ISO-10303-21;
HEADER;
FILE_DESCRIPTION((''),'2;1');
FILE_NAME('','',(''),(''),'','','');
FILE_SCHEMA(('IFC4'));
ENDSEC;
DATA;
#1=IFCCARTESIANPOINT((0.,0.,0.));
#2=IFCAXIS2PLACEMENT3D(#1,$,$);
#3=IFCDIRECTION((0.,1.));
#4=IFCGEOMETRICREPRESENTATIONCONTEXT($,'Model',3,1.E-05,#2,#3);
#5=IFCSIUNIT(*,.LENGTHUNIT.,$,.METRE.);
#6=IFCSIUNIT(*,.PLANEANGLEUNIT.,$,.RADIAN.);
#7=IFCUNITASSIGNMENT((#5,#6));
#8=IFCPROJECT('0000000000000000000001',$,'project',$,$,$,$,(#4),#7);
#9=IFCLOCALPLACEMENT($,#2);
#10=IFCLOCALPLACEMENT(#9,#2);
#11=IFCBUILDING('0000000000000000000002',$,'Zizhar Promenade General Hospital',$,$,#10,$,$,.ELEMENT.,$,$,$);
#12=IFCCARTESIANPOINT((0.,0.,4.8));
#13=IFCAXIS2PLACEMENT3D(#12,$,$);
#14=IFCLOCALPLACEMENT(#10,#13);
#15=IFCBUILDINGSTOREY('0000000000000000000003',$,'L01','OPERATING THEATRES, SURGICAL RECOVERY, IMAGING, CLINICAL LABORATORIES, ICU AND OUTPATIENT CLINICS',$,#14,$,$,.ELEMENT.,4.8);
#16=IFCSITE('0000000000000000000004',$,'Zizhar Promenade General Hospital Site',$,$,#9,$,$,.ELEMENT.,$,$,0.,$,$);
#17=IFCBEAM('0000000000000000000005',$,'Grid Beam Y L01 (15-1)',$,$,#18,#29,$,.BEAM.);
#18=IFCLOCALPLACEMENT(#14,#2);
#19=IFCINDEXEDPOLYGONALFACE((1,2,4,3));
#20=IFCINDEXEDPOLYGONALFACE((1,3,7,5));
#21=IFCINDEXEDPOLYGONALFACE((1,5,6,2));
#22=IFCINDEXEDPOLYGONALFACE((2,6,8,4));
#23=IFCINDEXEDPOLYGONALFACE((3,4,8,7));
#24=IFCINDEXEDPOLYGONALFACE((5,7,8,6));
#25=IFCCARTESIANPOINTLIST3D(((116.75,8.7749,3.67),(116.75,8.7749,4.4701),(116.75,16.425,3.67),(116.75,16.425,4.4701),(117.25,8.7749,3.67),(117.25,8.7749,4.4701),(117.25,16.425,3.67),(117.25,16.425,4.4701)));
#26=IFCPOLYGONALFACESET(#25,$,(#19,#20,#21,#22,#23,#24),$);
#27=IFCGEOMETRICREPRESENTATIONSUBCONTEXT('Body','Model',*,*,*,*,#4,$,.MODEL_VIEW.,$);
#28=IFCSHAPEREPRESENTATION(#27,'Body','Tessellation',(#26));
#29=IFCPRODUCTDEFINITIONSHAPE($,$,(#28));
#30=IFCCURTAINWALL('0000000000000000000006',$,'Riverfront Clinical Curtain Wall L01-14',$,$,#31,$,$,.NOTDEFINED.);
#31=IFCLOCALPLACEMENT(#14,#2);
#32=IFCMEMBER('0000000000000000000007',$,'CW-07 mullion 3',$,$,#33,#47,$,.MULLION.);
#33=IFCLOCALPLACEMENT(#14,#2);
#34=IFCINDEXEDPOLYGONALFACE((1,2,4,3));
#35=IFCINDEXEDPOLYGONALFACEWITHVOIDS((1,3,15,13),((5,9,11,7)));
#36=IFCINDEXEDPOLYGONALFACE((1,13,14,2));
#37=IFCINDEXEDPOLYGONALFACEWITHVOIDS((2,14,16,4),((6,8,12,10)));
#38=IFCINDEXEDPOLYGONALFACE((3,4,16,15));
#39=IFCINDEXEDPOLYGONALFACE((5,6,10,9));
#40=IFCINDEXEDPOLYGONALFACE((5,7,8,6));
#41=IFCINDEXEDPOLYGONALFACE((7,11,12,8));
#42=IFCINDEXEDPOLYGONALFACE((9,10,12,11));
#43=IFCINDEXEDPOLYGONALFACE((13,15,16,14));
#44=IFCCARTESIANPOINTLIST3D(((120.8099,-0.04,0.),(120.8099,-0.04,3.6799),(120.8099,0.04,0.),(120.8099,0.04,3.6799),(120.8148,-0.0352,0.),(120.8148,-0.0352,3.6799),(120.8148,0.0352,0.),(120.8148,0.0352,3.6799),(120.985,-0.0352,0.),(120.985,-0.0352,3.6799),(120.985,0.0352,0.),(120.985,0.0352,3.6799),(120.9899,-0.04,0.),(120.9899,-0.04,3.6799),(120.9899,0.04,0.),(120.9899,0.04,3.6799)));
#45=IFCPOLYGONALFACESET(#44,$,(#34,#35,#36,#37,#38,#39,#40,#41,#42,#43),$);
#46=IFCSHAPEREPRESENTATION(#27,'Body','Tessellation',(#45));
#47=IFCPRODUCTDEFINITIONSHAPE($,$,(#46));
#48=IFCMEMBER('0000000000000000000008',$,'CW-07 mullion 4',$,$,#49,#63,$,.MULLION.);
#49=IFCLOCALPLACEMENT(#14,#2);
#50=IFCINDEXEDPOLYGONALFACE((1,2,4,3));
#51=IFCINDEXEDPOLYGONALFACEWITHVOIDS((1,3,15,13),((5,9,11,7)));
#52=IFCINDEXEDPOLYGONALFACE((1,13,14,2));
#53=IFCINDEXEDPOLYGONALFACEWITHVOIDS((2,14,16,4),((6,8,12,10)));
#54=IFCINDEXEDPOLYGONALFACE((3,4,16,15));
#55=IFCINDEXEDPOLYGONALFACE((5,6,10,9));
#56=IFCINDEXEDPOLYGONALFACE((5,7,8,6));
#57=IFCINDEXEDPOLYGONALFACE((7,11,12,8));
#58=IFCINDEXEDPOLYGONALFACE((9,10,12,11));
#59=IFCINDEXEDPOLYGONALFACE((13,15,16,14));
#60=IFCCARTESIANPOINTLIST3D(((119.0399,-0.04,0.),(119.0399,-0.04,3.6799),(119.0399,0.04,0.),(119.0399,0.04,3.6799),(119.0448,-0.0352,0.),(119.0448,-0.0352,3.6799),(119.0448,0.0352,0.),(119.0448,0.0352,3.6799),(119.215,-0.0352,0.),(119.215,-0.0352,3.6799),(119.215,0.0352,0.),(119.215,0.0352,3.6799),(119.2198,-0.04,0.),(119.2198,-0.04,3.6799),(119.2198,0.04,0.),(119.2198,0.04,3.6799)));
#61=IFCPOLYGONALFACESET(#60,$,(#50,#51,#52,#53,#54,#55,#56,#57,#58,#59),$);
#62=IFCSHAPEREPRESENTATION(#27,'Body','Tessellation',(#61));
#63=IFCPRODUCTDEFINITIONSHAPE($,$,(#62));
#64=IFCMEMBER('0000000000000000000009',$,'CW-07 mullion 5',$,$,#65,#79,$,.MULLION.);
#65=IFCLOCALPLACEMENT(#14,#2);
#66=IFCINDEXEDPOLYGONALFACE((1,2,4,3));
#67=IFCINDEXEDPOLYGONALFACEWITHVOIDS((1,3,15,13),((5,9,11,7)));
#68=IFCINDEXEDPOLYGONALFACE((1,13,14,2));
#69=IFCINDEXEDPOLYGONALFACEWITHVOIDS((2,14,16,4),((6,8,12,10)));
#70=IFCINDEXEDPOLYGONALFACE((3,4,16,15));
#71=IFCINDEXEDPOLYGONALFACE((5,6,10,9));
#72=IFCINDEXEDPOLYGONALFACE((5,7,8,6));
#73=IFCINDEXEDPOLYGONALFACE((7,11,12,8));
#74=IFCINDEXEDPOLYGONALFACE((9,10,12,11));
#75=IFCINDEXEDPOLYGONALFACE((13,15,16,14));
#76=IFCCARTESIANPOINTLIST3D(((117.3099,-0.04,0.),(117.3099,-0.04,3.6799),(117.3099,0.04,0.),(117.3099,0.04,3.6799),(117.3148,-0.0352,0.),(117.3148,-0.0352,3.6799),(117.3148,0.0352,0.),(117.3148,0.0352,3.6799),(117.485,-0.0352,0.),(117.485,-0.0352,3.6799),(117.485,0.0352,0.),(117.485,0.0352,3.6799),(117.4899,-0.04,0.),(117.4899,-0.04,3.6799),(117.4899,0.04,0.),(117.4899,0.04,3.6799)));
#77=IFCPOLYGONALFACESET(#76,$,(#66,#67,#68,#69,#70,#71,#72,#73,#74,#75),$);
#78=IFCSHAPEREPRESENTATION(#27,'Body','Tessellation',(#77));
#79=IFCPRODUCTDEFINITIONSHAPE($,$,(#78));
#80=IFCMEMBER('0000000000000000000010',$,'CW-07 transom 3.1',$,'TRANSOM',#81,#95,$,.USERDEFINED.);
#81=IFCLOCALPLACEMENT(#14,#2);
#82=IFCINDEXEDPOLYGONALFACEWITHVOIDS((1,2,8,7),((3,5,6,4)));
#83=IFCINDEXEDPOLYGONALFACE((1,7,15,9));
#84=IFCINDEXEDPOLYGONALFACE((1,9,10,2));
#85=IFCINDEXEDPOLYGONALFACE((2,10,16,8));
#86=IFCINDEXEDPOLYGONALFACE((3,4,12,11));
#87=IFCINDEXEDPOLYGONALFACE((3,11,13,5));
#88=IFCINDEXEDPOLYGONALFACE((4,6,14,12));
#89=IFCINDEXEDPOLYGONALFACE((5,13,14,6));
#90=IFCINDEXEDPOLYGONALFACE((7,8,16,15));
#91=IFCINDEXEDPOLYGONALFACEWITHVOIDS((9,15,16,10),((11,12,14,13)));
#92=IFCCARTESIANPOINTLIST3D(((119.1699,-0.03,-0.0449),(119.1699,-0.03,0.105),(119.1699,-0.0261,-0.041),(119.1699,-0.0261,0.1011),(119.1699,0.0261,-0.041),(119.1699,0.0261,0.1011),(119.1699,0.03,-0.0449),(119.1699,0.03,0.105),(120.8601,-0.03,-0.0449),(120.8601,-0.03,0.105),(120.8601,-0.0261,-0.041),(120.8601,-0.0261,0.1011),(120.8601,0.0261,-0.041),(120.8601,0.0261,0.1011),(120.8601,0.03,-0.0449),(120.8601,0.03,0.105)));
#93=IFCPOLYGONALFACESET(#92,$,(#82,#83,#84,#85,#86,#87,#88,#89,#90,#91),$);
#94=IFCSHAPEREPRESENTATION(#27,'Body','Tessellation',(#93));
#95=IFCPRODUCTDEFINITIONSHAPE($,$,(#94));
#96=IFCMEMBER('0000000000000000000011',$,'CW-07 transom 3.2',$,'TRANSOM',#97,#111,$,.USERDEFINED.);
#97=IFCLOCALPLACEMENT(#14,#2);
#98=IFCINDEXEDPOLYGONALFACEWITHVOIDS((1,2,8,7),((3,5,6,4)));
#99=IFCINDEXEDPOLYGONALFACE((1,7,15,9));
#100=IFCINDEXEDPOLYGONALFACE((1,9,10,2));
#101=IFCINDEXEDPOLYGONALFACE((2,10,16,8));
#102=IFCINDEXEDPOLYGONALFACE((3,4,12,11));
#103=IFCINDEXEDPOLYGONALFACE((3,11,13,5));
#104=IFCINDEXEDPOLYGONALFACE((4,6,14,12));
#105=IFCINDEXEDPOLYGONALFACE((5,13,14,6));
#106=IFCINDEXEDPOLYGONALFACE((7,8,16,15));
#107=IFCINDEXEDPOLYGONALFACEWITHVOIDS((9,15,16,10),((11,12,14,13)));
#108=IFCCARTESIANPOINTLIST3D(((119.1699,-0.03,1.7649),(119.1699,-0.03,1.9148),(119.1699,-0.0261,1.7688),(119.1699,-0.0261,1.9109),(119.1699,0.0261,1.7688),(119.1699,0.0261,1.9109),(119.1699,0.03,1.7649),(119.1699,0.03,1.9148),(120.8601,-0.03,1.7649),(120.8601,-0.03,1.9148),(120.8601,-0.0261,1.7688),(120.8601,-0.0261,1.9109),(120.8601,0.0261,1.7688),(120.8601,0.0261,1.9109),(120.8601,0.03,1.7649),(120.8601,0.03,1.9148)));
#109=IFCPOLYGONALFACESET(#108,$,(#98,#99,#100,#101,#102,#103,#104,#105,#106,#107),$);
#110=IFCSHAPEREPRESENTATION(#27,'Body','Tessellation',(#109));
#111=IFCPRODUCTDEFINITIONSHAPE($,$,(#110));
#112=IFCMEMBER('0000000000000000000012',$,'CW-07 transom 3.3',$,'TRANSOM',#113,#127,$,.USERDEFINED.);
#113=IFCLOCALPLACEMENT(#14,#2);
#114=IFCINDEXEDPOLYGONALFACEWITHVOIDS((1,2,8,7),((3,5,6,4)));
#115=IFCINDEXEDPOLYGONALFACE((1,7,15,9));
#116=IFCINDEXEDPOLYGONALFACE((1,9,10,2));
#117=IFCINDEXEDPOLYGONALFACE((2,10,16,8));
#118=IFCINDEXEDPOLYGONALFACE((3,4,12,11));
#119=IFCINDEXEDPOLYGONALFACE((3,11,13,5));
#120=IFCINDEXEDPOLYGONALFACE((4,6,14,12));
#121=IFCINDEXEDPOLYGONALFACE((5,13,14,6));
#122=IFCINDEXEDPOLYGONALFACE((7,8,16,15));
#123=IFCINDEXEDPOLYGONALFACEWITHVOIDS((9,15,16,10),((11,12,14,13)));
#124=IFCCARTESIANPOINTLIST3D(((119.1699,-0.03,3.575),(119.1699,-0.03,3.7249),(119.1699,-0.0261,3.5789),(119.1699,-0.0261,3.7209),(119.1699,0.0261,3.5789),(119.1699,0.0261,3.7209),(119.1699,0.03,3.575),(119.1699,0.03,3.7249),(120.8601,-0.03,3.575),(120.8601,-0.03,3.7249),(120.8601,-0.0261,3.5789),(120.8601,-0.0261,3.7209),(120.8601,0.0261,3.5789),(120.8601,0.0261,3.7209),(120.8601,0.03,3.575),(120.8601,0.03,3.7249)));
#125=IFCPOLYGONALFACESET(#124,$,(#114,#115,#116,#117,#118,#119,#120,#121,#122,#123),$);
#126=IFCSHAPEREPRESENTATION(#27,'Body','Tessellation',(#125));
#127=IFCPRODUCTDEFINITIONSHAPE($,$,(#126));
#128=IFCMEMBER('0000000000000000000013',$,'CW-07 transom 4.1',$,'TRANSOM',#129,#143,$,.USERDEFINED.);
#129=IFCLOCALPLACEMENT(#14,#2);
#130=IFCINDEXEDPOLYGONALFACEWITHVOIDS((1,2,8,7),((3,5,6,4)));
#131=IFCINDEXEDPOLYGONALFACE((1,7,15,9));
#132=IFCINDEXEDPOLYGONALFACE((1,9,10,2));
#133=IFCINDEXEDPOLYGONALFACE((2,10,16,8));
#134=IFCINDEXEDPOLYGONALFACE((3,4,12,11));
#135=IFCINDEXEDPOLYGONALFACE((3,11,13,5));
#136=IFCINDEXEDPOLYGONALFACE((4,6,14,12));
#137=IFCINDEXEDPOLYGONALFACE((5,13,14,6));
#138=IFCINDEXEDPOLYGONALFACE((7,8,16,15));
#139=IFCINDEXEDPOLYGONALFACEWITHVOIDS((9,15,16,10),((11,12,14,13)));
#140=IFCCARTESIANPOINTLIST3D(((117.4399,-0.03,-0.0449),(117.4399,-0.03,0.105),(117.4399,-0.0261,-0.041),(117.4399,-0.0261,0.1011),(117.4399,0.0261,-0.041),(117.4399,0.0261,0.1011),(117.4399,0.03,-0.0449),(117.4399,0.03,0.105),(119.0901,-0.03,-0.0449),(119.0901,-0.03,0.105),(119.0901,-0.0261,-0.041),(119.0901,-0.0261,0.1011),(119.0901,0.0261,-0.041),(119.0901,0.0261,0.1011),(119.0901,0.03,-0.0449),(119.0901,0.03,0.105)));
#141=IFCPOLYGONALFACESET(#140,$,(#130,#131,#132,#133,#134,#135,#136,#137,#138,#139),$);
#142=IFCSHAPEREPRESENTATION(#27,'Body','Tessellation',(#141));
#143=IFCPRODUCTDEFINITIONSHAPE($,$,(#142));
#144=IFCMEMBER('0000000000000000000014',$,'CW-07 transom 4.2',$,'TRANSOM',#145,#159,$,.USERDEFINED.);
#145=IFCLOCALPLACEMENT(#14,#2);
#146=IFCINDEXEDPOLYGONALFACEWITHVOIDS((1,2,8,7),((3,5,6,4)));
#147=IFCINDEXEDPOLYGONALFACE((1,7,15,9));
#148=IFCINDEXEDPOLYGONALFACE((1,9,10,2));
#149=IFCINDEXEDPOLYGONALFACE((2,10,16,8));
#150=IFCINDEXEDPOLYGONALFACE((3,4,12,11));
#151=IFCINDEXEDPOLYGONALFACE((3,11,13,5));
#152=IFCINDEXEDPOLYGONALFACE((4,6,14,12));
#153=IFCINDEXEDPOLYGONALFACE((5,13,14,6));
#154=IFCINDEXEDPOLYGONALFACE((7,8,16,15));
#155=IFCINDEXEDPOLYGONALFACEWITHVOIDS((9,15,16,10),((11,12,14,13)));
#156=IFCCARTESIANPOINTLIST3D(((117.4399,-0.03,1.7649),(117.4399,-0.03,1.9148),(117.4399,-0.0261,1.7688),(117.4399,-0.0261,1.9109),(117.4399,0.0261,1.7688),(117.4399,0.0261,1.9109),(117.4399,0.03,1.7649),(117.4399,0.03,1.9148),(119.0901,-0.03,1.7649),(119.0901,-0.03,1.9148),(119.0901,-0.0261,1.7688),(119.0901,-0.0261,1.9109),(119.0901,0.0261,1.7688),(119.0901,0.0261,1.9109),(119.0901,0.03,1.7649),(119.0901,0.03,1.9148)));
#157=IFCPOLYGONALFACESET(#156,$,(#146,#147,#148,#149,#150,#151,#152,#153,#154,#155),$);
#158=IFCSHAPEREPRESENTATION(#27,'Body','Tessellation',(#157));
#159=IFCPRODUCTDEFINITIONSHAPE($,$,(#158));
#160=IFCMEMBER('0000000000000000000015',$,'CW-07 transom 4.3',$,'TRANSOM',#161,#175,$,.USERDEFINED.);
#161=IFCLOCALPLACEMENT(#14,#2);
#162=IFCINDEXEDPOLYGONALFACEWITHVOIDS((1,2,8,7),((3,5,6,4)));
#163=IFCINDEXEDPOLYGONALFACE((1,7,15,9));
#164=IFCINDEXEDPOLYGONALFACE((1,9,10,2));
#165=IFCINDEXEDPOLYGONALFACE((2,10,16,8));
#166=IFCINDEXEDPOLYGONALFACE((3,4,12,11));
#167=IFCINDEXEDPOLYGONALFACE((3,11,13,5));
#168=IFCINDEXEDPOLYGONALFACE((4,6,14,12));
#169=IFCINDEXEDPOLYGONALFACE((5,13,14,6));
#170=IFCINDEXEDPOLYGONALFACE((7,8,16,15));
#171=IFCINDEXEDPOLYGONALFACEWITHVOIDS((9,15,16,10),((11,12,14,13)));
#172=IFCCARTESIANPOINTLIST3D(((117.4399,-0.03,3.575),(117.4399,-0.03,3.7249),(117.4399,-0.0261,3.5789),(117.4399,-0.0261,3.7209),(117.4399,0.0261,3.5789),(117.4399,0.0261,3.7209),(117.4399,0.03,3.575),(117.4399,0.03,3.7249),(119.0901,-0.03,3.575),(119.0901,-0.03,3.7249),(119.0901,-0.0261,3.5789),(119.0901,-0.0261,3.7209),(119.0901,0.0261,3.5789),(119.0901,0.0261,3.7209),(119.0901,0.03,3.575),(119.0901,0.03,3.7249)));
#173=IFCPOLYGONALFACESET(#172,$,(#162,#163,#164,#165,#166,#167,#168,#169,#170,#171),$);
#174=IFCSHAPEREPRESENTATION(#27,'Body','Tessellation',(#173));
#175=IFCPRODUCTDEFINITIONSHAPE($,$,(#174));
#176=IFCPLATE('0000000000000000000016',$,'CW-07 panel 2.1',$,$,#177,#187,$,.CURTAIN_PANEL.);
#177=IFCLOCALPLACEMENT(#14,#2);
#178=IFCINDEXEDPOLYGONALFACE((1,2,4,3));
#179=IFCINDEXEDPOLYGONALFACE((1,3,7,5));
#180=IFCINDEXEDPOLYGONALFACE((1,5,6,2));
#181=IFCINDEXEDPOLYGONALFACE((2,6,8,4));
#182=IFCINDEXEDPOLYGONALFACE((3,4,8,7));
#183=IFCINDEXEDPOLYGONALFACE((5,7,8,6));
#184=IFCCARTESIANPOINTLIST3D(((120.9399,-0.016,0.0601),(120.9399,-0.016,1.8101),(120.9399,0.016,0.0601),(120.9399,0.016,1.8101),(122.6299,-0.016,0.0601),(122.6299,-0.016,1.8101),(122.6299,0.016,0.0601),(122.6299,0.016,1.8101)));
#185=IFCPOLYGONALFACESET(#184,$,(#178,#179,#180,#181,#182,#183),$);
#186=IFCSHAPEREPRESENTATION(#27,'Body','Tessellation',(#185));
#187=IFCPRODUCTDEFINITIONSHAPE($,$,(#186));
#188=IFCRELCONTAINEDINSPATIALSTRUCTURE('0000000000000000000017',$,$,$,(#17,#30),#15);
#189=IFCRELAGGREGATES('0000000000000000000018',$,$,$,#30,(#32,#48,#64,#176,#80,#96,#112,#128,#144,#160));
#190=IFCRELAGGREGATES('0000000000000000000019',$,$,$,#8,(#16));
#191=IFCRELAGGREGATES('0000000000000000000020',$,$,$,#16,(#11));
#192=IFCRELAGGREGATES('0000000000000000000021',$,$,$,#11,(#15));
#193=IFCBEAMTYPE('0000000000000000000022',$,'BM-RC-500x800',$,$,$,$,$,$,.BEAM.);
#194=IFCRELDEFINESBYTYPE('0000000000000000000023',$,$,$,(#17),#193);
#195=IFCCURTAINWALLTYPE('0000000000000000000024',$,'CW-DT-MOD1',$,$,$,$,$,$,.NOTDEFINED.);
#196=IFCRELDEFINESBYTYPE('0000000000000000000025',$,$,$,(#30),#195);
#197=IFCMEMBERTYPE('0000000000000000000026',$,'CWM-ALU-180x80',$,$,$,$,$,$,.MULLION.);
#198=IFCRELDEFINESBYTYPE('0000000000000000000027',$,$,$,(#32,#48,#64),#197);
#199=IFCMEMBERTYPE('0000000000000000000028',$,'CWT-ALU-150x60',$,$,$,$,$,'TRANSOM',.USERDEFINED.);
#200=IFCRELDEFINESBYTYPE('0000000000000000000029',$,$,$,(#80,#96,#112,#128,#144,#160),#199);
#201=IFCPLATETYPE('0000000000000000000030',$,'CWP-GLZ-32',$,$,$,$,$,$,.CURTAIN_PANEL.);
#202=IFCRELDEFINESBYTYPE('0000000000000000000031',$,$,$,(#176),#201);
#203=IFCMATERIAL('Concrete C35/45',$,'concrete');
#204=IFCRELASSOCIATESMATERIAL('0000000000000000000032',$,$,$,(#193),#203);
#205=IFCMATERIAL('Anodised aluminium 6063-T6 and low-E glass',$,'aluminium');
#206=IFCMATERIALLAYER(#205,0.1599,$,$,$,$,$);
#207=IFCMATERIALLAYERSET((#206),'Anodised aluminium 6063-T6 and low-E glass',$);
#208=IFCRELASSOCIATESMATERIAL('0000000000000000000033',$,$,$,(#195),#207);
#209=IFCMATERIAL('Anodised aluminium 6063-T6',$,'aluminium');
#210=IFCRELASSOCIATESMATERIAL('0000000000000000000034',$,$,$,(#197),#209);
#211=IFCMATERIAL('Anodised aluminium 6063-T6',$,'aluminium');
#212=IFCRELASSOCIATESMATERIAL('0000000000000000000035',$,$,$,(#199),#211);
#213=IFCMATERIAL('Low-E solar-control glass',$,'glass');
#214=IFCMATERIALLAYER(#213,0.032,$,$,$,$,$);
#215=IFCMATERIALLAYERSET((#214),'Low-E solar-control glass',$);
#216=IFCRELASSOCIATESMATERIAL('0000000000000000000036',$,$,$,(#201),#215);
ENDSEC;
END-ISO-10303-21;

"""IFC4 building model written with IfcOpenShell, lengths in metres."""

from ifc_helpers import new_model, si_unit, direction, frame, origin, origin_2d, place, context, subcontext, project, spatial, rectangle, hollow_rectangle, extrude, material, layer, layer_set, material_profile, profile_set, type_object, element, aggregate, save


model = new_model("IFC4")

# Units and contexts
model_context = context("Model", 3, precision=1e-05, world=origin(), true_north=direction((0.0, 1.0)))
body_context = subcontext(model_context, "Body", "Model", "MODEL_VIEW")
ifc_project = project(units=[si_unit("LENGTHUNIT", "METRE"), si_unit("PLANEANGLEUNIT", "RADIAN")], contexts=[model_context])

# Site, building, storey
site_placement = place(None, origin())
site = spatial("IfcSite", under=ifc_project, at=site_placement, Name="Zizhar Promenade General Hospital Site", CompositionType="ELEMENT", RefElevation=0.0)
building_placement = place(site_placement, origin())
building = spatial("IfcBuilding", under=site, at=building_placement, Name="Zizhar Promenade General Hospital", CompositionType="ELEMENT")
storey_placement = place(building_placement, frame((0.0, 0.0, 4.8)))
storey = spatial("IfcBuildingStorey", under=building, at=storey_placement, Name="L01", Description="OPERATING THEATRES, SURGICAL RECOVERY, IMAGING, CLINICAL LABORATORIES, ICU AND OUTPATIENT CLINICS", CompositionType="ELEMENT", Elevation=4.8)

# Beam
ifc_material_1 = material(Name="Concrete C35/45", Category="concrete")
ifc_material_profile_1 = material_profile(ifc_material_1, rectangle(XDim=0.5, YDim=0.8, at=origin_2d()))
ifc_profile_set_1 = profile_set([ifc_material_profile_1], Name="Concrete C35/45")
beam_type_1 = type_object("IfcBeamType", Name="BM-RC-500x800", PredefinedType="BEAM", material=ifc_profile_set_1)
beam_1_placement = place(storey_placement, frame((117.0, 8.7749, 4.0701), z_axis=(0.0, 1.0, 0.0), x_axis=(-1.0, 0.0, 0.0)))
element("IfcBeam", 1, at=beam_1_placement, inside=storey, type_object=beam_type_1, Name="Grid Beam Y L01 (15-1)", PredefinedType="BEAM", context=body_context, shape_type="SweptSolid", body=[
    extrude(rectangle(XDim=0.5, YDim=0.8, at=origin_2d()), origin(), (0.0, 0.0, 1.0), 7.6501),
])

# Curtain wall, members, plate
ifc_material_2 = material(Name="Anodised aluminium 6063-T6 and low-E glass", Category="aluminium")
ifc_layer_1 = layer(ifc_material_2, 0.1599)
ifc_layer_set_1 = layer_set([ifc_layer_1], Name="Anodised aluminium 6063-T6 and low-E glass")
curtain_wall_type = type_object("IfcCurtainWallType", Name="CW-DT-MOD1", PredefinedType="NOTDEFINED", material=ifc_layer_set_1)
curtain_wall_placement = place(storey_placement, origin())
curtain_wall = element("IfcCurtainWall", 2, at=curtain_wall_placement, inside=storey, type_object=curtain_wall_type, Name="Riverfront Clinical Curtain Wall L01-14", PredefinedType="NOTDEFINED")
ifc_material_3 = material(Name="Anodised aluminium 6063-T6", Category="aluminium")
ifc_material_profile_2 = material_profile(ifc_material_3, hollow_rectangle(XDim=0.0801, YDim=0.1799, WallThickness=0.0049, at=origin_2d()))
ifc_profile_set_2 = profile_set([ifc_material_profile_2], Name="Anodised aluminium 6063-T6")
member_type_1 = type_object("IfcMemberType", Name="CWM-ALU-180x80", PredefinedType="MULLION", material=ifc_profile_set_2)
member_1_placement = place(storey_placement, frame((120.8999, 0.0, 0.0), z_axis=(0.0, 0.0, 1.0), x_axis=(0.0, -1.0, 0.0)))
member_1 = element("IfcMember", 3, at=member_1_placement, type_object=member_type_1, Name="CW-07 mullion 3", PredefinedType="MULLION", context=body_context, shape_type="SweptSolid", body=[
    extrude(hollow_rectangle(XDim=0.0801, YDim=0.1799, WallThickness=0.0049, at=origin_2d()), origin(), (0.0, 0.0, 1.0), 3.6799),
])
member_2_placement = place(storey_placement, frame((119.1299, 0.0, 0.0), z_axis=(0.0, 0.0, 1.0), x_axis=(0.0, -1.0, 0.0)))
member_2 = element("IfcMember", 4, at=member_2_placement, type_object=member_type_1, Name="CW-07 mullion 4", PredefinedType="MULLION", context=body_context, shape_type="SweptSolid", body=[
    extrude(hollow_rectangle(XDim=0.0801, YDim=0.1799, WallThickness=0.0049, at=origin_2d()), origin(), (0.0, 0.0, 1.0), 3.6799),
])
member_3_placement = place(storey_placement, frame((117.3999, 0.0, 0.0), z_axis=(0.0, 0.0, 1.0), x_axis=(0.0, -1.0, 0.0)))
member_3 = element("IfcMember", 5, at=member_3_placement, type_object=member_type_1, Name="CW-07 mullion 5", PredefinedType="MULLION", context=body_context, shape_type="SweptSolid", body=[
    extrude(hollow_rectangle(XDim=0.0801, YDim=0.1799, WallThickness=0.0049, at=origin_2d()), origin(), (0.0, 0.0, 1.0), 3.6799),
])
ifc_material_4 = material(Name="Anodised aluminium 6063-T6", Category="aluminium")
ifc_material_profile_3 = material_profile(ifc_material_4, hollow_rectangle(XDim=0.0601, YDim=0.1499, WallThickness=0.0039, at=origin_2d()))
ifc_profile_set_3 = profile_set([ifc_material_profile_3], Name="Anodised aluminium 6063-T6")
member_type_2 = type_object("IfcMemberType", Name="CWT-ALU-150x60", ElementType="TRANSOM", PredefinedType="USERDEFINED", material=ifc_profile_set_3)
member_4_placement = place(storey_placement, frame((120.8601, 0.0, 0.03), z_axis=(-1.0, 0.0, 0.0), x_axis=(0.0, -1.0, 0.0)))
member_4 = element("IfcMember", 6, at=member_4_placement, type_object=member_type_2, Name="CW-07 transom 3.1", ObjectType="TRANSOM", PredefinedType="USERDEFINED", context=body_context, shape_type="SweptSolid", body=[
    extrude(hollow_rectangle(XDim=0.0601, YDim=0.1499, WallThickness=0.0039, at=origin_2d()), origin(), (0.0, 0.0, 1.0), 1.6902),
])
member_5_placement = place(storey_placement, frame((120.8601, 0.0, 1.8398), z_axis=(-1.0, 0.0, 0.0), x_axis=(0.0, -1.0, 0.0)))
member_5 = element("IfcMember", 7, at=member_5_placement, type_object=member_type_2, Name="CW-07 transom 3.2", ObjectType="TRANSOM", PredefinedType="USERDEFINED", context=body_context, shape_type="SweptSolid", body=[
    extrude(hollow_rectangle(XDim=0.0601, YDim=0.1499, WallThickness=0.0039, at=origin_2d()), origin(), (0.0, 0.0, 1.0), 1.6902),
])
member_6_placement = place(storey_placement, frame((120.8601, 0.0, 3.6499), z_axis=(-1.0, 0.0, 0.0), x_axis=(0.0, -1.0, 0.0)))
member_6 = element("IfcMember", 8, at=member_6_placement, type_object=member_type_2, Name="CW-07 transom 3.3", ObjectType="TRANSOM", PredefinedType="USERDEFINED", context=body_context, shape_type="SweptSolid", body=[
    extrude(hollow_rectangle(XDim=0.0601, YDim=0.1499, WallThickness=0.0039, at=origin_2d()), origin(), (0.0, 0.0, 1.0), 1.6902),
])
member_7_placement = place(storey_placement, frame((119.0901, 0.0, 0.03), z_axis=(-1.0, 0.0, 0.0), x_axis=(0.0, -1.0, 0.0)))
member_7 = element("IfcMember", 9, at=member_7_placement, type_object=member_type_2, Name="CW-07 transom 4.1", ObjectType="TRANSOM", PredefinedType="USERDEFINED", context=body_context, shape_type="SweptSolid", body=[
    extrude(hollow_rectangle(XDim=0.0601, YDim=0.1499, WallThickness=0.0039, at=origin_2d()), origin(), (0.0, 0.0, 1.0), 1.6501),
])
member_8_placement = place(storey_placement, frame((119.0901, 0.0, 1.8398), z_axis=(-1.0, 0.0, 0.0), x_axis=(0.0, -1.0, 0.0)))
member_8 = element("IfcMember", 10, at=member_8_placement, type_object=member_type_2, Name="CW-07 transom 4.2", ObjectType="TRANSOM", PredefinedType="USERDEFINED", context=body_context, shape_type="SweptSolid", body=[
    extrude(hollow_rectangle(XDim=0.0601, YDim=0.1499, WallThickness=0.0039, at=origin_2d()), origin(), (0.0, 0.0, 1.0), 1.6501),
])
member_9_placement = place(storey_placement, frame((119.0901, 0.0, 3.6499), z_axis=(-1.0, 0.0, 0.0), x_axis=(0.0, -1.0, 0.0)))
member_9 = element("IfcMember", 11, at=member_9_placement, type_object=member_type_2, Name="CW-07 transom 4.3", ObjectType="TRANSOM", PredefinedType="USERDEFINED", context=body_context, shape_type="SweptSolid", body=[
    extrude(hollow_rectangle(XDim=0.0601, YDim=0.1499, WallThickness=0.0039, at=origin_2d()), origin(), (0.0, 0.0, 1.0), 1.6501),
])
ifc_material_5 = material(Name="Low-E solar-control glass", Category="glass")
ifc_layer_2 = layer(ifc_material_5, 0.032)
ifc_layer_set_2 = layer_set([ifc_layer_2], Name="Low-E solar-control glass")
plate_type = type_object("IfcPlateType", Name="CWP-GLZ-32", PredefinedType="CURTAIN_PANEL", material=ifc_layer_set_2)
plate_1_placement = place(storey_placement, frame((121.7849, 0.0, 0.0601), z_axis=(0.0, 0.0, 1.0), x_axis=(-1.0, 0.0, 0.0)))
plate_1 = element("IfcPlate", 12, at=plate_1_placement, type_object=plate_type, Name="CW-07 panel 2.1", PredefinedType="CURTAIN_PANEL", context=body_context, shape_type="SweptSolid", body=[
    extrude(rectangle(XDim=1.6899, YDim=0.032, at=origin_2d()), origin(), (0.0, 0.0, 1.0), 1.75),
])
aggregate(curtain_wall, [member_1, member_2, member_3, plate_1, member_4, member_5, member_6, member_7, member_8, member_9])

save(model, "model.ifc")
